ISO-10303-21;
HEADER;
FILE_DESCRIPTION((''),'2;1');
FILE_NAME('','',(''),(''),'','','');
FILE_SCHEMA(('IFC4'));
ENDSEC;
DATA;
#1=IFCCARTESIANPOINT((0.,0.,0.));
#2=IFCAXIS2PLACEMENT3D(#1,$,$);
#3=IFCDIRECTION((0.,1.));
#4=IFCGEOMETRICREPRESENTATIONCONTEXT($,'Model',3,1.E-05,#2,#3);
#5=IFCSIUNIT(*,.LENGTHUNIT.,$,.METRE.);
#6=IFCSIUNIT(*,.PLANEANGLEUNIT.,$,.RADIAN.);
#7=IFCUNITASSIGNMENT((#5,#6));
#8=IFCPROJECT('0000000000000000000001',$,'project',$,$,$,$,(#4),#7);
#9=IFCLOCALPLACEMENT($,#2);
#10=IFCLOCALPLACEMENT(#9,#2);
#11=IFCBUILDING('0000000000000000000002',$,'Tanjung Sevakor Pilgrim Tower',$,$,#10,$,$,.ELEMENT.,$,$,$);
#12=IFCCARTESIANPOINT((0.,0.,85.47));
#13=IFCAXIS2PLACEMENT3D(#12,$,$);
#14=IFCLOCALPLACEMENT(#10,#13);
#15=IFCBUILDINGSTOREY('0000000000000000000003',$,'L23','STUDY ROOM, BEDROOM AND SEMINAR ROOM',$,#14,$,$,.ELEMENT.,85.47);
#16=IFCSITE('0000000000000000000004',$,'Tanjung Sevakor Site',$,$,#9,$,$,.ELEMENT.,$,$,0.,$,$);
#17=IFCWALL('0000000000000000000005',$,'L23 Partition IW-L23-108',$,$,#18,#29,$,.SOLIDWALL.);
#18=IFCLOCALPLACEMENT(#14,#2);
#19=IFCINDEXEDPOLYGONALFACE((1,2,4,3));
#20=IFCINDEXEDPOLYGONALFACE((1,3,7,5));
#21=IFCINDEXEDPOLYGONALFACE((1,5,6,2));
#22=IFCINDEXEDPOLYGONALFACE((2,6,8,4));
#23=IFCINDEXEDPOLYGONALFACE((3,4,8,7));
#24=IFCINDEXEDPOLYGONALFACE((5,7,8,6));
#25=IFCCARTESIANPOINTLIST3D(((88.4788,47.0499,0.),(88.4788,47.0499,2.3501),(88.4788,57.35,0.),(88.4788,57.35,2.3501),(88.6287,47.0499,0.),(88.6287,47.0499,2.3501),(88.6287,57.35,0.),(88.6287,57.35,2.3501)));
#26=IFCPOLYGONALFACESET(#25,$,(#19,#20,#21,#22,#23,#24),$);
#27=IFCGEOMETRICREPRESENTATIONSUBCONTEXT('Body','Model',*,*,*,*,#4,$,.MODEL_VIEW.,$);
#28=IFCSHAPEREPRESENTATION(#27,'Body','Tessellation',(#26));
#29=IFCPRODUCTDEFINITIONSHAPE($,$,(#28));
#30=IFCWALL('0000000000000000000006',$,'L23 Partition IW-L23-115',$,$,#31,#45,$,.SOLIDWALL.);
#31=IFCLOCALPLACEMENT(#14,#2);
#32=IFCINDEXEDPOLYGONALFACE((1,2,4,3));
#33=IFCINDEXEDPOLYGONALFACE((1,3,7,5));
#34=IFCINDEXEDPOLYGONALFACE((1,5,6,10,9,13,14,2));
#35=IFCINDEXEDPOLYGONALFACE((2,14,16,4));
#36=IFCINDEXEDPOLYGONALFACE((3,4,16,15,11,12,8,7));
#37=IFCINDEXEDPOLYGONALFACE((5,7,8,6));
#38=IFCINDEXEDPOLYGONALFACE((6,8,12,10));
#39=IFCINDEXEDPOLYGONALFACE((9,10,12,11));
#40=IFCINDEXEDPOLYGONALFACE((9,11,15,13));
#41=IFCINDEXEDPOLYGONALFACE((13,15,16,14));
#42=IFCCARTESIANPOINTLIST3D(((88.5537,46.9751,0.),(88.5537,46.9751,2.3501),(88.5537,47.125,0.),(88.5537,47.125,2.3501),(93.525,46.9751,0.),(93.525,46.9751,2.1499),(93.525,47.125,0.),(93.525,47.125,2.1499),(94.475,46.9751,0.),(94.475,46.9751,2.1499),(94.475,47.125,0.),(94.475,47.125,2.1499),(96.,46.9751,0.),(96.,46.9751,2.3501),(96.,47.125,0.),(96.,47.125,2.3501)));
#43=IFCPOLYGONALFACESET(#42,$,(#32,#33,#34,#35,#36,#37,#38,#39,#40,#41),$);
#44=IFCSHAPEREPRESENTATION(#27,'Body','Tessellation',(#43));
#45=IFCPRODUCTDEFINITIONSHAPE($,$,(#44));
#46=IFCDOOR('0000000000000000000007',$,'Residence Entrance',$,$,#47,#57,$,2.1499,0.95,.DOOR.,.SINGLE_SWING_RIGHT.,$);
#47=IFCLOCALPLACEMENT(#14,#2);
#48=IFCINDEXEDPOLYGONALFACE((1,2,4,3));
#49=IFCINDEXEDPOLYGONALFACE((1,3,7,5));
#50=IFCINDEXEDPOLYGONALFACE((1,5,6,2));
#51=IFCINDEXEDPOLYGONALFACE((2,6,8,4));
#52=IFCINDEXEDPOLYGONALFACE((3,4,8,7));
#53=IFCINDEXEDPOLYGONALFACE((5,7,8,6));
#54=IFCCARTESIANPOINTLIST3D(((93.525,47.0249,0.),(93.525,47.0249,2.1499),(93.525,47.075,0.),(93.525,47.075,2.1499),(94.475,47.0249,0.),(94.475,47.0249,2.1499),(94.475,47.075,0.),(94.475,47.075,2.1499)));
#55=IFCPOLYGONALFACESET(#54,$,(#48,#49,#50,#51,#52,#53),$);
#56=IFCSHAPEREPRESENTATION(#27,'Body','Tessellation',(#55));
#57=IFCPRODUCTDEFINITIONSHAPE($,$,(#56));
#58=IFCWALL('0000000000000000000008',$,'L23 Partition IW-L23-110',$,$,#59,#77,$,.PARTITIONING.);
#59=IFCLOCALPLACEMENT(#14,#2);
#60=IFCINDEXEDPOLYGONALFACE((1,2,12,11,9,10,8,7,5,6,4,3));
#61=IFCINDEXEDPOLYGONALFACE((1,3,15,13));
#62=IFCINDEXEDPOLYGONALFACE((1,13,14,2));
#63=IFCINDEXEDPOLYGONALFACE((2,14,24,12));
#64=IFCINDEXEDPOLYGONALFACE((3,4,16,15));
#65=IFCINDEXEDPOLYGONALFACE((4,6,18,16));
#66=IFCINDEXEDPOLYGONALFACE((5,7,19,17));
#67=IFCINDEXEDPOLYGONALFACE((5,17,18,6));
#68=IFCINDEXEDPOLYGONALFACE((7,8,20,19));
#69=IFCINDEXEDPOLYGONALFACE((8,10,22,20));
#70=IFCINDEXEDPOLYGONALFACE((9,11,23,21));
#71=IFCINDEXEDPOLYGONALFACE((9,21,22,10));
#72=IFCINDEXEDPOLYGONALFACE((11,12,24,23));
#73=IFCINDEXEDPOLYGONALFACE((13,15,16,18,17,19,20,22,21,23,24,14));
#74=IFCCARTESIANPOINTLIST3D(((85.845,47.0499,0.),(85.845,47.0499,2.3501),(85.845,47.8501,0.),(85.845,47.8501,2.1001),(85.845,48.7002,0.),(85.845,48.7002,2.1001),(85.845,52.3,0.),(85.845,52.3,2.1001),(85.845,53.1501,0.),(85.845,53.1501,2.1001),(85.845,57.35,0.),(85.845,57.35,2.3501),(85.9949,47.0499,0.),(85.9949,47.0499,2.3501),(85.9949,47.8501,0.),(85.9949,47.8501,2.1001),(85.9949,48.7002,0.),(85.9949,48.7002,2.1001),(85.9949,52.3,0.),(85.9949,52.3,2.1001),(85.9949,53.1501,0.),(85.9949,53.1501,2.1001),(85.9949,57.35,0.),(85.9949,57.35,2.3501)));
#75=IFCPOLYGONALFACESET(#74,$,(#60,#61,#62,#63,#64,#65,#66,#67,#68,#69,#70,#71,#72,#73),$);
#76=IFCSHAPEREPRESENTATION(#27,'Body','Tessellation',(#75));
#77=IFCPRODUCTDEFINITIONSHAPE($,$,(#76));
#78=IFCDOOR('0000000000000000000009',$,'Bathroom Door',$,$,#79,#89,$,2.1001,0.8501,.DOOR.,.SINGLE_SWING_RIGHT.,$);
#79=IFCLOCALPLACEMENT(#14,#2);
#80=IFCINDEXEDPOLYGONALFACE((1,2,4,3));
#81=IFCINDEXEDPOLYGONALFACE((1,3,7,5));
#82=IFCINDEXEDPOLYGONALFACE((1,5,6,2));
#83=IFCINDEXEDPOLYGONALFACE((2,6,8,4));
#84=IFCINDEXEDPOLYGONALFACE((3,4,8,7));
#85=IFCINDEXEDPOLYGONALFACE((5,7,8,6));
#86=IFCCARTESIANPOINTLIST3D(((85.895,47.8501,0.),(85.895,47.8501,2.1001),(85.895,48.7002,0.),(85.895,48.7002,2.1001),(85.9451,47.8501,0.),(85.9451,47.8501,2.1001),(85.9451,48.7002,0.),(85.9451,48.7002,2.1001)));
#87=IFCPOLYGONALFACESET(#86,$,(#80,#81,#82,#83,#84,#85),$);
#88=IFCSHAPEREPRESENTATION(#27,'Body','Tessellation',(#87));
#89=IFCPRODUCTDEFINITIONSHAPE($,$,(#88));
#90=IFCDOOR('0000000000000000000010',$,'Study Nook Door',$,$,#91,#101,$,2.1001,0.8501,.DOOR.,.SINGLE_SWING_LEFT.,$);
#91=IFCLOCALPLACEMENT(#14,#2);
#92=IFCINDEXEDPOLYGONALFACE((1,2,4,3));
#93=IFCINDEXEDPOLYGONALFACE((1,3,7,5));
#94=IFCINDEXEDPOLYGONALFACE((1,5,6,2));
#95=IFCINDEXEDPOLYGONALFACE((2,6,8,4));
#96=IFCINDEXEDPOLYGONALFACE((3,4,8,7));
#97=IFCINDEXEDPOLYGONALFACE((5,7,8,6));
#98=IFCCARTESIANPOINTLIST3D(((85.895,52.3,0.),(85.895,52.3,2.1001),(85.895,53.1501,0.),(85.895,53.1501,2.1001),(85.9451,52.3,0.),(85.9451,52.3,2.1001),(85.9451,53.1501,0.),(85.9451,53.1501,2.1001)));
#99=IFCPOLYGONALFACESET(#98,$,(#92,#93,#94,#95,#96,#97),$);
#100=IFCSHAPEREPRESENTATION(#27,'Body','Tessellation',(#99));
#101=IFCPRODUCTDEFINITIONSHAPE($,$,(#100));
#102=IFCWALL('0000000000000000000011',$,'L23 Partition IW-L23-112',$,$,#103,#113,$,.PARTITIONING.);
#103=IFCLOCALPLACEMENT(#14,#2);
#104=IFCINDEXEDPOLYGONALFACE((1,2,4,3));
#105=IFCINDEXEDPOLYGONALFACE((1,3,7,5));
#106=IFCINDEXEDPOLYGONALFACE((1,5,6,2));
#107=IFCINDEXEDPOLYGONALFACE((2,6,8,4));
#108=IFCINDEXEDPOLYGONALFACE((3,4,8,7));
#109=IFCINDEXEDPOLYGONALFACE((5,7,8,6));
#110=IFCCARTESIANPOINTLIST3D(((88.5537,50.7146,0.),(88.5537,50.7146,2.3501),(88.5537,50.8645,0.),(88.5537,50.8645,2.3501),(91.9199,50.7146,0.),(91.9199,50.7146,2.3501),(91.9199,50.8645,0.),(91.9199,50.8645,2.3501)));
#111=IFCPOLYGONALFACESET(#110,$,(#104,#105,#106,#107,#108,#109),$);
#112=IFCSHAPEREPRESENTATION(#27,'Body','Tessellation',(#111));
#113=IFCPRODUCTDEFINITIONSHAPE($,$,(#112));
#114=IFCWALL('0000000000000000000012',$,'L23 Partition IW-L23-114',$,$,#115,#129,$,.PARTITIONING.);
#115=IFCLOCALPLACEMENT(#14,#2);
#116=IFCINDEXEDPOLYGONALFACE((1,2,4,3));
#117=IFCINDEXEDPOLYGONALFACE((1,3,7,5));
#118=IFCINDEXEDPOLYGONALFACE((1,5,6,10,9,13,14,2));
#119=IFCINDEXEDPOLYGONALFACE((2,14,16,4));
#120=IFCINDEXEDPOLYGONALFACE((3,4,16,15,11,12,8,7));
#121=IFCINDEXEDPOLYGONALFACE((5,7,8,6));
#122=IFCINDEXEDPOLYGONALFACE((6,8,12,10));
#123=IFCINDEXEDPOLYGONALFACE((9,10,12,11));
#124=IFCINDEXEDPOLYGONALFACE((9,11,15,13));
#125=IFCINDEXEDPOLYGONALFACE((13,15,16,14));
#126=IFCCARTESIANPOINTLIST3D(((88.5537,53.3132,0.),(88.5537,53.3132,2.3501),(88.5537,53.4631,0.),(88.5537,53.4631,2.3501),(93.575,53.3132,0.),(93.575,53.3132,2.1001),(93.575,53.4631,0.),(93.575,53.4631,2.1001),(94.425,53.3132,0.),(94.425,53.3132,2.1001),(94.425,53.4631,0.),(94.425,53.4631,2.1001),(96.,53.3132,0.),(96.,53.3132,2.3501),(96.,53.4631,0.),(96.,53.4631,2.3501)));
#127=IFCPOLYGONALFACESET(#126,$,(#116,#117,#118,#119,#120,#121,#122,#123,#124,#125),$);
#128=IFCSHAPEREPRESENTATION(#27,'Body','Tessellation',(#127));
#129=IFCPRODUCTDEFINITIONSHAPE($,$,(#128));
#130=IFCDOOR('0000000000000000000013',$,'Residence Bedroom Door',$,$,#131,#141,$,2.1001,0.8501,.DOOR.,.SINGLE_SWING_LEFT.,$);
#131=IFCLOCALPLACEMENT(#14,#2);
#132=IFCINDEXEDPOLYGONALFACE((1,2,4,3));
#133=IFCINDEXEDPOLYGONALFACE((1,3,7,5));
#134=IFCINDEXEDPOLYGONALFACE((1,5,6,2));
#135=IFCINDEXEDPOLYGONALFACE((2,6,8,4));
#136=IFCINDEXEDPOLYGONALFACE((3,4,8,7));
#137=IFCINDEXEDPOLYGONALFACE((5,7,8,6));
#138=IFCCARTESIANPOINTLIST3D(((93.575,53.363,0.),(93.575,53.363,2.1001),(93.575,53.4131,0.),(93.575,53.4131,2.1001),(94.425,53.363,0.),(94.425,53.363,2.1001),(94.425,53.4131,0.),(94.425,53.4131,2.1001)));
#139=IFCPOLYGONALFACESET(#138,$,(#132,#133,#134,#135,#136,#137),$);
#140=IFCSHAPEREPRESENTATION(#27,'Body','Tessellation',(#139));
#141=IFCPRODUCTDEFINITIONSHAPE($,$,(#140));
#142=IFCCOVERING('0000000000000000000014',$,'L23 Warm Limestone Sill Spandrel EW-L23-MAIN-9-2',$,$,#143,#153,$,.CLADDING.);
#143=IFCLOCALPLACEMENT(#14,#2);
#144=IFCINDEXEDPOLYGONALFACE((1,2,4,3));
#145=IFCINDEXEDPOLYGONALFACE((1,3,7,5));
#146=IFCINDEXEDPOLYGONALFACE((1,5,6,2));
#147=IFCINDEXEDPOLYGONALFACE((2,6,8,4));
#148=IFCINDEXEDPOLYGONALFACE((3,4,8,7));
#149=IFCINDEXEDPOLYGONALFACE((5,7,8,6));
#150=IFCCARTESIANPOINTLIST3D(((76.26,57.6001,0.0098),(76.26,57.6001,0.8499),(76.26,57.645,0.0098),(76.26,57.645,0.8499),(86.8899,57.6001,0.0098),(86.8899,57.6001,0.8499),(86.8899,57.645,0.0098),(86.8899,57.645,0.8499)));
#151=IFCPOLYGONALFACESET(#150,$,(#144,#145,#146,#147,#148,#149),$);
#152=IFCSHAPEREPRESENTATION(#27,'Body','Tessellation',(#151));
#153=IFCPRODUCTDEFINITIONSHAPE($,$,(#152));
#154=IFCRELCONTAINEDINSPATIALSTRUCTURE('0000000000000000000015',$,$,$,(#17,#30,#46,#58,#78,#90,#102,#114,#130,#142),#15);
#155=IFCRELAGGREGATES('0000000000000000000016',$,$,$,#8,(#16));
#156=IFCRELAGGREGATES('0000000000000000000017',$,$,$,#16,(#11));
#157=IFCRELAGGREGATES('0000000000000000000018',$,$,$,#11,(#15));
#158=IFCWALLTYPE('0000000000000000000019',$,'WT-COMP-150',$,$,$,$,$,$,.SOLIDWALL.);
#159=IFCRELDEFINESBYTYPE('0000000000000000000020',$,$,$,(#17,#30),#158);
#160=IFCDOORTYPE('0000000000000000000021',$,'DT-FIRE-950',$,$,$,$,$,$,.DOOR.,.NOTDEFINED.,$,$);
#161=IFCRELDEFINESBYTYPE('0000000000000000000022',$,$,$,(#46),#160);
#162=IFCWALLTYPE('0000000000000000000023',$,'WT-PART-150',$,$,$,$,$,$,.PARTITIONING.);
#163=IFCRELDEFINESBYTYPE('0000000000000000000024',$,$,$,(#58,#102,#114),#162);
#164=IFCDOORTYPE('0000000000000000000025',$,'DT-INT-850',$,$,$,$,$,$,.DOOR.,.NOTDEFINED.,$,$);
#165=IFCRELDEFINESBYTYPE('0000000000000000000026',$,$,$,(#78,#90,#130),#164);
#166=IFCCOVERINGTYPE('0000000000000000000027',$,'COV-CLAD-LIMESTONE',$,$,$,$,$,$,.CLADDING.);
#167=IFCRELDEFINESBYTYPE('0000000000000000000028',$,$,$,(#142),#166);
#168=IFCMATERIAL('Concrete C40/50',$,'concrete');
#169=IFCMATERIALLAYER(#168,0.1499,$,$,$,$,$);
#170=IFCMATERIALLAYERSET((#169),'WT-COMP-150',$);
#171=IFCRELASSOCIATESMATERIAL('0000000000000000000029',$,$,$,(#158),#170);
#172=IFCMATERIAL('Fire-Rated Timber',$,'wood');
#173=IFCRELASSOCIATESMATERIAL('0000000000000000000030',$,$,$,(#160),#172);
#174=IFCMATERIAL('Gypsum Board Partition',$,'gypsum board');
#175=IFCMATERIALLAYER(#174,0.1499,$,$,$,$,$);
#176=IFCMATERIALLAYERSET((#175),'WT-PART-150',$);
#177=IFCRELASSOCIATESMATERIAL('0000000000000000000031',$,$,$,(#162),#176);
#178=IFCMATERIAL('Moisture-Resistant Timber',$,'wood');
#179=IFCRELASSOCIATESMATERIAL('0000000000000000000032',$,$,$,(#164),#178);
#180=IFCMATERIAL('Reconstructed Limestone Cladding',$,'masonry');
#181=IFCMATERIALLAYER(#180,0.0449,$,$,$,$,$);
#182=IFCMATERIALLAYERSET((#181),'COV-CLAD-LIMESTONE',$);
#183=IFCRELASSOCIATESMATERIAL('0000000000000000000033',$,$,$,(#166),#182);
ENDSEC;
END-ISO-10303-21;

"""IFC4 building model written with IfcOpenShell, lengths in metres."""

from ifc_helpers import new_model, si_unit, direction, frame, frame_2d, origin, origin_2d, place, context, subcontext, project, spatial, rectangle, extrude, material, layer, layer_set, type_object, element, fill, save


model = new_model("IFC4")

# Units and contexts
model_context = context("Model", 3, precision=1e-05, world=origin(), true_north=direction((0.0, 1.0)))
body_context = subcontext(model_context, "Body", "Model", "MODEL_VIEW")
ifc_project = project(units=[si_unit("LENGTHUNIT", "METRE"), si_unit("PLANEANGLEUNIT", "RADIAN")], contexts=[model_context])

# Site, building, storey
site_placement = place(None, origin())
site = spatial("IfcSite", under=ifc_project, at=site_placement, Name="Tanjung Sevakor Site", CompositionType="ELEMENT", RefElevation=0.0)
building_placement = place(site_placement, origin())
building = spatial("IfcBuilding", under=site, at=building_placement, Name="Tanjung Sevakor Pilgrim Tower", CompositionType="ELEMENT")
storey_placement = place(building_placement, frame((0.0, 0.0, 85.47)))
storey = spatial("IfcBuildingStorey", under=building, at=storey_placement, Name="L23", Description="STUDY ROOM, BEDROOM AND SEMINAR ROOM", CompositionType="ELEMENT", Elevation=85.47)

# Wall
ifc_material_1 = material(Name="Concrete C40/50", Category="concrete")
ifc_layer_1 = layer(ifc_material_1, 0.1499)
ifc_layer_set_1 = layer_set([ifc_layer_1], Name="WT-COMP-150")
wall_type_1 = type_object("IfcWallType", Name="WT-COMP-150", PredefinedType="SOLIDWALL", material=ifc_layer_set_1)
wall_1_placement = place(storey_placement, frame((88.5537, 47.05, 0.0), z_axis=(0.0, 0.0, 1.0), x_axis=(0.0, 1.0, 0.0)))
element("IfcWall", 1, at=wall_1_placement, inside=storey, type_object=wall_type_1, Name="L23 Partition IW-L23-108", PredefinedType="SOLIDWALL", context=body_context, shape_type="SweptSolid", body=[
    extrude(rectangle(XDim=10.3, YDim=0.1499, at=frame_2d((5.1499, 0.0))), origin(), (0.0, 0.0, 1.0), 2.3501),
])

# Wall, opening, door
wall_2_placement = place(storey_placement, frame((88.5537, 47.05, 0.0), z_axis=(0.0, 0.0, 1.0), x_axis=(1.0, 0.0, 0.0)))
wall_2 = element("IfcWall", 2, at=wall_2_placement, inside=storey, type_object=wall_type_1, Name="L23 Partition IW-L23-115", PredefinedType="SOLIDWALL", context=body_context, shape_type="SweptSolid", body=[
    extrude(rectangle(XDim=7.4463, YDim=0.1499, at=frame_2d((3.7231, 0.0))), origin(), (0.0, 0.0, 1.0), 2.3501),
])
opening_1_placement = place(wall_2_placement, frame((4.9712, 0.0, 0.0)))
opening_1 = element("IfcOpeningElement", 3, at=opening_1_placement, cuts=wall_2, PredefinedType="OPENING", context=body_context, shape_type="SweptSolid", body=[
    extrude(rectangle(XDim=0.95, YDim=2.1499, at=frame_2d((0.4751, 1.075))), frame((0.0, 0.085, 0.0), z_axis=(0.0, -1.0, 0.0), x_axis=(1.0, 0.0, 0.0)), (0.0, 0.0, 1.0), 0.1699),
])
ifc_material_2 = material(Name="Fire-Rated Timber", Category="wood")
door_type_1 = type_object("IfcDoorType", Name="DT-FIRE-950", OperationType="NOTDEFINED", PredefinedType="DOOR", material=ifc_material_2)
door_1_placement = place(opening_1_placement, origin())
door_1 = element("IfcDoor", 4, at=door_1_placement, inside=storey, type_object=door_type_1, Name="Residence Entrance", OperationType="SINGLE_SWING_RIGHT", OverallHeight=2.1499, OverallWidth=0.95, PredefinedType="DOOR", context=body_context, shape_type="SweptSolid", body=[
    extrude(rectangle(XDim=0.95, YDim=2.1499, at=frame_2d((0.4751, 1.075))), frame((0.0, 0.0249, 0.0), z_axis=(0.0, -1.0, 0.0), x_axis=(1.0, 0.0, 0.0)), (0.0, 0.0, 1.0), 0.05),
])
fill(opening_1, door_1)

# Wall, openings, doors
ifc_material_3 = material(Name="Gypsum Board Partition", Category="gypsum board")
ifc_layer_2 = layer(ifc_material_3, 0.1499)
ifc_layer_set_2 = layer_set([ifc_layer_2], Name="WT-PART-150")
wall_type_2 = type_object("IfcWallType", Name="WT-PART-150", PredefinedType="PARTITIONING", material=ifc_layer_set_2)
wall_3_placement = place(storey_placement, frame((85.9199, 47.05, 0.0), z_axis=(0.0, 0.0, 1.0), x_axis=(0.0, 1.0, 0.0)))
wall_3 = element("IfcWall", 5, at=wall_3_placement, inside=storey, type_object=wall_type_2, Name="L23 Partition IW-L23-110", PredefinedType="PARTITIONING", context=body_context, shape_type="SweptSolid", body=[
    extrude(rectangle(XDim=10.3, YDim=0.1499, at=frame_2d((5.1499, 0.0))), origin(), (0.0, 0.0, 1.0), 2.3501),
])
opening_2_placement = place(wall_3_placement, frame((0.8, 0.0, 0.0)))
opening_2 = element("IfcOpeningElement", 6, at=opening_2_placement, cuts=wall_3, PredefinedType="OPENING", context=body_context, shape_type="SweptSolid", body=[
    extrude(rectangle(XDim=0.8501, YDim=2.1001, at=frame_2d((0.425, 1.05))), frame((0.0, 0.085, 0.0), z_axis=(0.0, -1.0, 0.0), x_axis=(1.0, 0.0, 0.0)), (0.0, 0.0, 1.0), 0.1699),
])
opening_3_placement = place(wall_3_placement, frame((5.25, 0.0, 0.0)))
opening_3 = element("IfcOpeningElement", 7, at=opening_3_placement, cuts=wall_3, PredefinedType="OPENING", context=body_context, shape_type="SweptSolid", body=[
    extrude(rectangle(XDim=0.8501, YDim=2.1001, at=frame_2d((0.425, 1.05))), frame((0.0, 0.085, 0.0), z_axis=(0.0, -1.0, 0.0), x_axis=(1.0, 0.0, 0.0)), (0.0, 0.0, 1.0), 0.1699),
])
ifc_material_4 = material(Name="Moisture-Resistant Timber", Category="wood")
door_type_2 = type_object("IfcDoorType", Name="DT-INT-850", OperationType="NOTDEFINED", PredefinedType="DOOR", material=ifc_material_4)
door_2_placement = place(opening_2_placement, origin())
door_2 = element("IfcDoor", 8, at=door_2_placement, inside=storey, type_object=door_type_2, Name="Bathroom Door", OperationType="SINGLE_SWING_RIGHT", OverallHeight=2.1001, OverallWidth=0.8501, PredefinedType="DOOR", context=body_context, shape_type="SweptSolid", body=[
    extrude(rectangle(XDim=0.8501, YDim=2.1001, at=frame_2d((0.425, 1.05))), frame((0.0, 0.0249, 0.0), z_axis=(0.0, -1.0, 0.0), x_axis=(1.0, 0.0, 0.0)), (0.0, 0.0, 1.0), 0.05),
])
fill(opening_2, door_2)
door_3_placement = place(opening_3_placement, origin())
door_3 = element("IfcDoor", 9, at=door_3_placement, inside=storey, type_object=door_type_2, Name="Study Nook Door", OperationType="SINGLE_SWING_LEFT", OverallHeight=2.1001, OverallWidth=0.8501, PredefinedType="DOOR", context=body_context, shape_type="SweptSolid", body=[
    extrude(rectangle(XDim=0.8501, YDim=2.1001, at=frame_2d((0.425, 1.05))), frame((0.0, 0.0249, 0.0), z_axis=(0.0, -1.0, 0.0), x_axis=(1.0, 0.0, 0.0)), (0.0, 0.0, 1.0), 0.05),
])
fill(opening_3, door_3)

# Wall
wall_4_placement = place(storey_placement, frame((88.5537, 50.7896, 0.0), z_axis=(0.0, 0.0, 1.0), x_axis=(1.0, 0.0, 0.0)))
element("IfcWall", 10, at=wall_4_placement, inside=storey, type_object=wall_type_2, Name="L23 Partition IW-L23-112", PredefinedType="PARTITIONING", context=body_context, shape_type="SweptSolid", body=[
    extrude(rectangle(XDim=3.3662, YDim=0.1499, at=frame_2d((1.6831, 0.0))), origin(), (0.0, 0.0, 1.0), 2.3501),
])

# Wall, opening, door
wall_5_placement = place(storey_placement, frame((88.5537, 53.3882, 0.0), z_axis=(0.0, 0.0, 1.0), x_axis=(1.0, 0.0, 0.0)))
wall_5 = element("IfcWall", 11, at=wall_5_placement, inside=storey, type_object=wall_type_2, Name="L23 Partition IW-L23-114", PredefinedType="PARTITIONING", context=body_context, shape_type="SweptSolid", body=[
    extrude(rectangle(XDim=7.4463, YDim=0.1499, at=frame_2d((3.7231, 0.0))), origin(), (0.0, 0.0, 1.0), 2.3501),
])
opening_4_placement = place(wall_5_placement, frame((5.0212, 0.0, 0.0)))
opening_4 = element("IfcOpeningElement", 12, at=opening_4_placement, cuts=wall_5, PredefinedType="OPENING", context=body_context, shape_type="SweptSolid", body=[
    extrude(rectangle(XDim=0.8501, YDim=2.1001, at=frame_2d((0.425, 1.05))), frame((0.0, 0.085, 0.0), z_axis=(0.0, -1.0, 0.0), x_axis=(1.0, 0.0, 0.0)), (0.0, 0.0, 1.0), 0.1699),
])
door_4_placement = place(opening_4_placement, origin())
door_4 = element("IfcDoor", 13, at=door_4_placement, inside=storey, type_object=door_type_2, Name="Residence Bedroom Door", OperationType="SINGLE_SWING_LEFT", OverallHeight=2.1001, OverallWidth=0.8501, PredefinedType="DOOR", context=body_context, shape_type="SweptSolid", body=[
    extrude(rectangle(XDim=0.8501, YDim=2.1001, at=frame_2d((0.425, 1.05))), frame((0.0, 0.0249, 0.0), z_axis=(0.0, -1.0, 0.0), x_axis=(1.0, 0.0, 0.0)), (0.0, 0.0, 1.0), 0.05),
])
fill(opening_4, door_4)

# Covering
ifc_material_5 = material(Name="Reconstructed Limestone Cladding", Category="masonry")
ifc_layer_3 = layer(ifc_material_5, 0.0449)
ifc_layer_set_3 = layer_set([ifc_layer_3], Name="COV-CLAD-LIMESTONE")
covering_type = type_object("IfcCoveringType", Name="COV-CLAD-LIMESTONE", PredefinedType="CLADDING", material=ifc_layer_set_3)
covering_placement = place(storey_placement, frame((81.575, 57.6226, 0.0098), z_axis=(0.0, 0.0, 1.0), x_axis=(-1.0, 0.0, 0.0)))
element("IfcCovering", 14, at=covering_placement, inside=storey, type_object=covering_type, Name="L23 Warm Limestone Sill Spandrel EW-L23-MAIN-9-2", PredefinedType="CLADDING", context=body_context, shape_type="SweptSolid", body=[
    extrude(rectangle(XDim=10.6299, YDim=0.0449, at=origin_2d()), origin(), (0.0, 0.0, 1.0), 0.8401),
])

save(model, "model.ifc")
